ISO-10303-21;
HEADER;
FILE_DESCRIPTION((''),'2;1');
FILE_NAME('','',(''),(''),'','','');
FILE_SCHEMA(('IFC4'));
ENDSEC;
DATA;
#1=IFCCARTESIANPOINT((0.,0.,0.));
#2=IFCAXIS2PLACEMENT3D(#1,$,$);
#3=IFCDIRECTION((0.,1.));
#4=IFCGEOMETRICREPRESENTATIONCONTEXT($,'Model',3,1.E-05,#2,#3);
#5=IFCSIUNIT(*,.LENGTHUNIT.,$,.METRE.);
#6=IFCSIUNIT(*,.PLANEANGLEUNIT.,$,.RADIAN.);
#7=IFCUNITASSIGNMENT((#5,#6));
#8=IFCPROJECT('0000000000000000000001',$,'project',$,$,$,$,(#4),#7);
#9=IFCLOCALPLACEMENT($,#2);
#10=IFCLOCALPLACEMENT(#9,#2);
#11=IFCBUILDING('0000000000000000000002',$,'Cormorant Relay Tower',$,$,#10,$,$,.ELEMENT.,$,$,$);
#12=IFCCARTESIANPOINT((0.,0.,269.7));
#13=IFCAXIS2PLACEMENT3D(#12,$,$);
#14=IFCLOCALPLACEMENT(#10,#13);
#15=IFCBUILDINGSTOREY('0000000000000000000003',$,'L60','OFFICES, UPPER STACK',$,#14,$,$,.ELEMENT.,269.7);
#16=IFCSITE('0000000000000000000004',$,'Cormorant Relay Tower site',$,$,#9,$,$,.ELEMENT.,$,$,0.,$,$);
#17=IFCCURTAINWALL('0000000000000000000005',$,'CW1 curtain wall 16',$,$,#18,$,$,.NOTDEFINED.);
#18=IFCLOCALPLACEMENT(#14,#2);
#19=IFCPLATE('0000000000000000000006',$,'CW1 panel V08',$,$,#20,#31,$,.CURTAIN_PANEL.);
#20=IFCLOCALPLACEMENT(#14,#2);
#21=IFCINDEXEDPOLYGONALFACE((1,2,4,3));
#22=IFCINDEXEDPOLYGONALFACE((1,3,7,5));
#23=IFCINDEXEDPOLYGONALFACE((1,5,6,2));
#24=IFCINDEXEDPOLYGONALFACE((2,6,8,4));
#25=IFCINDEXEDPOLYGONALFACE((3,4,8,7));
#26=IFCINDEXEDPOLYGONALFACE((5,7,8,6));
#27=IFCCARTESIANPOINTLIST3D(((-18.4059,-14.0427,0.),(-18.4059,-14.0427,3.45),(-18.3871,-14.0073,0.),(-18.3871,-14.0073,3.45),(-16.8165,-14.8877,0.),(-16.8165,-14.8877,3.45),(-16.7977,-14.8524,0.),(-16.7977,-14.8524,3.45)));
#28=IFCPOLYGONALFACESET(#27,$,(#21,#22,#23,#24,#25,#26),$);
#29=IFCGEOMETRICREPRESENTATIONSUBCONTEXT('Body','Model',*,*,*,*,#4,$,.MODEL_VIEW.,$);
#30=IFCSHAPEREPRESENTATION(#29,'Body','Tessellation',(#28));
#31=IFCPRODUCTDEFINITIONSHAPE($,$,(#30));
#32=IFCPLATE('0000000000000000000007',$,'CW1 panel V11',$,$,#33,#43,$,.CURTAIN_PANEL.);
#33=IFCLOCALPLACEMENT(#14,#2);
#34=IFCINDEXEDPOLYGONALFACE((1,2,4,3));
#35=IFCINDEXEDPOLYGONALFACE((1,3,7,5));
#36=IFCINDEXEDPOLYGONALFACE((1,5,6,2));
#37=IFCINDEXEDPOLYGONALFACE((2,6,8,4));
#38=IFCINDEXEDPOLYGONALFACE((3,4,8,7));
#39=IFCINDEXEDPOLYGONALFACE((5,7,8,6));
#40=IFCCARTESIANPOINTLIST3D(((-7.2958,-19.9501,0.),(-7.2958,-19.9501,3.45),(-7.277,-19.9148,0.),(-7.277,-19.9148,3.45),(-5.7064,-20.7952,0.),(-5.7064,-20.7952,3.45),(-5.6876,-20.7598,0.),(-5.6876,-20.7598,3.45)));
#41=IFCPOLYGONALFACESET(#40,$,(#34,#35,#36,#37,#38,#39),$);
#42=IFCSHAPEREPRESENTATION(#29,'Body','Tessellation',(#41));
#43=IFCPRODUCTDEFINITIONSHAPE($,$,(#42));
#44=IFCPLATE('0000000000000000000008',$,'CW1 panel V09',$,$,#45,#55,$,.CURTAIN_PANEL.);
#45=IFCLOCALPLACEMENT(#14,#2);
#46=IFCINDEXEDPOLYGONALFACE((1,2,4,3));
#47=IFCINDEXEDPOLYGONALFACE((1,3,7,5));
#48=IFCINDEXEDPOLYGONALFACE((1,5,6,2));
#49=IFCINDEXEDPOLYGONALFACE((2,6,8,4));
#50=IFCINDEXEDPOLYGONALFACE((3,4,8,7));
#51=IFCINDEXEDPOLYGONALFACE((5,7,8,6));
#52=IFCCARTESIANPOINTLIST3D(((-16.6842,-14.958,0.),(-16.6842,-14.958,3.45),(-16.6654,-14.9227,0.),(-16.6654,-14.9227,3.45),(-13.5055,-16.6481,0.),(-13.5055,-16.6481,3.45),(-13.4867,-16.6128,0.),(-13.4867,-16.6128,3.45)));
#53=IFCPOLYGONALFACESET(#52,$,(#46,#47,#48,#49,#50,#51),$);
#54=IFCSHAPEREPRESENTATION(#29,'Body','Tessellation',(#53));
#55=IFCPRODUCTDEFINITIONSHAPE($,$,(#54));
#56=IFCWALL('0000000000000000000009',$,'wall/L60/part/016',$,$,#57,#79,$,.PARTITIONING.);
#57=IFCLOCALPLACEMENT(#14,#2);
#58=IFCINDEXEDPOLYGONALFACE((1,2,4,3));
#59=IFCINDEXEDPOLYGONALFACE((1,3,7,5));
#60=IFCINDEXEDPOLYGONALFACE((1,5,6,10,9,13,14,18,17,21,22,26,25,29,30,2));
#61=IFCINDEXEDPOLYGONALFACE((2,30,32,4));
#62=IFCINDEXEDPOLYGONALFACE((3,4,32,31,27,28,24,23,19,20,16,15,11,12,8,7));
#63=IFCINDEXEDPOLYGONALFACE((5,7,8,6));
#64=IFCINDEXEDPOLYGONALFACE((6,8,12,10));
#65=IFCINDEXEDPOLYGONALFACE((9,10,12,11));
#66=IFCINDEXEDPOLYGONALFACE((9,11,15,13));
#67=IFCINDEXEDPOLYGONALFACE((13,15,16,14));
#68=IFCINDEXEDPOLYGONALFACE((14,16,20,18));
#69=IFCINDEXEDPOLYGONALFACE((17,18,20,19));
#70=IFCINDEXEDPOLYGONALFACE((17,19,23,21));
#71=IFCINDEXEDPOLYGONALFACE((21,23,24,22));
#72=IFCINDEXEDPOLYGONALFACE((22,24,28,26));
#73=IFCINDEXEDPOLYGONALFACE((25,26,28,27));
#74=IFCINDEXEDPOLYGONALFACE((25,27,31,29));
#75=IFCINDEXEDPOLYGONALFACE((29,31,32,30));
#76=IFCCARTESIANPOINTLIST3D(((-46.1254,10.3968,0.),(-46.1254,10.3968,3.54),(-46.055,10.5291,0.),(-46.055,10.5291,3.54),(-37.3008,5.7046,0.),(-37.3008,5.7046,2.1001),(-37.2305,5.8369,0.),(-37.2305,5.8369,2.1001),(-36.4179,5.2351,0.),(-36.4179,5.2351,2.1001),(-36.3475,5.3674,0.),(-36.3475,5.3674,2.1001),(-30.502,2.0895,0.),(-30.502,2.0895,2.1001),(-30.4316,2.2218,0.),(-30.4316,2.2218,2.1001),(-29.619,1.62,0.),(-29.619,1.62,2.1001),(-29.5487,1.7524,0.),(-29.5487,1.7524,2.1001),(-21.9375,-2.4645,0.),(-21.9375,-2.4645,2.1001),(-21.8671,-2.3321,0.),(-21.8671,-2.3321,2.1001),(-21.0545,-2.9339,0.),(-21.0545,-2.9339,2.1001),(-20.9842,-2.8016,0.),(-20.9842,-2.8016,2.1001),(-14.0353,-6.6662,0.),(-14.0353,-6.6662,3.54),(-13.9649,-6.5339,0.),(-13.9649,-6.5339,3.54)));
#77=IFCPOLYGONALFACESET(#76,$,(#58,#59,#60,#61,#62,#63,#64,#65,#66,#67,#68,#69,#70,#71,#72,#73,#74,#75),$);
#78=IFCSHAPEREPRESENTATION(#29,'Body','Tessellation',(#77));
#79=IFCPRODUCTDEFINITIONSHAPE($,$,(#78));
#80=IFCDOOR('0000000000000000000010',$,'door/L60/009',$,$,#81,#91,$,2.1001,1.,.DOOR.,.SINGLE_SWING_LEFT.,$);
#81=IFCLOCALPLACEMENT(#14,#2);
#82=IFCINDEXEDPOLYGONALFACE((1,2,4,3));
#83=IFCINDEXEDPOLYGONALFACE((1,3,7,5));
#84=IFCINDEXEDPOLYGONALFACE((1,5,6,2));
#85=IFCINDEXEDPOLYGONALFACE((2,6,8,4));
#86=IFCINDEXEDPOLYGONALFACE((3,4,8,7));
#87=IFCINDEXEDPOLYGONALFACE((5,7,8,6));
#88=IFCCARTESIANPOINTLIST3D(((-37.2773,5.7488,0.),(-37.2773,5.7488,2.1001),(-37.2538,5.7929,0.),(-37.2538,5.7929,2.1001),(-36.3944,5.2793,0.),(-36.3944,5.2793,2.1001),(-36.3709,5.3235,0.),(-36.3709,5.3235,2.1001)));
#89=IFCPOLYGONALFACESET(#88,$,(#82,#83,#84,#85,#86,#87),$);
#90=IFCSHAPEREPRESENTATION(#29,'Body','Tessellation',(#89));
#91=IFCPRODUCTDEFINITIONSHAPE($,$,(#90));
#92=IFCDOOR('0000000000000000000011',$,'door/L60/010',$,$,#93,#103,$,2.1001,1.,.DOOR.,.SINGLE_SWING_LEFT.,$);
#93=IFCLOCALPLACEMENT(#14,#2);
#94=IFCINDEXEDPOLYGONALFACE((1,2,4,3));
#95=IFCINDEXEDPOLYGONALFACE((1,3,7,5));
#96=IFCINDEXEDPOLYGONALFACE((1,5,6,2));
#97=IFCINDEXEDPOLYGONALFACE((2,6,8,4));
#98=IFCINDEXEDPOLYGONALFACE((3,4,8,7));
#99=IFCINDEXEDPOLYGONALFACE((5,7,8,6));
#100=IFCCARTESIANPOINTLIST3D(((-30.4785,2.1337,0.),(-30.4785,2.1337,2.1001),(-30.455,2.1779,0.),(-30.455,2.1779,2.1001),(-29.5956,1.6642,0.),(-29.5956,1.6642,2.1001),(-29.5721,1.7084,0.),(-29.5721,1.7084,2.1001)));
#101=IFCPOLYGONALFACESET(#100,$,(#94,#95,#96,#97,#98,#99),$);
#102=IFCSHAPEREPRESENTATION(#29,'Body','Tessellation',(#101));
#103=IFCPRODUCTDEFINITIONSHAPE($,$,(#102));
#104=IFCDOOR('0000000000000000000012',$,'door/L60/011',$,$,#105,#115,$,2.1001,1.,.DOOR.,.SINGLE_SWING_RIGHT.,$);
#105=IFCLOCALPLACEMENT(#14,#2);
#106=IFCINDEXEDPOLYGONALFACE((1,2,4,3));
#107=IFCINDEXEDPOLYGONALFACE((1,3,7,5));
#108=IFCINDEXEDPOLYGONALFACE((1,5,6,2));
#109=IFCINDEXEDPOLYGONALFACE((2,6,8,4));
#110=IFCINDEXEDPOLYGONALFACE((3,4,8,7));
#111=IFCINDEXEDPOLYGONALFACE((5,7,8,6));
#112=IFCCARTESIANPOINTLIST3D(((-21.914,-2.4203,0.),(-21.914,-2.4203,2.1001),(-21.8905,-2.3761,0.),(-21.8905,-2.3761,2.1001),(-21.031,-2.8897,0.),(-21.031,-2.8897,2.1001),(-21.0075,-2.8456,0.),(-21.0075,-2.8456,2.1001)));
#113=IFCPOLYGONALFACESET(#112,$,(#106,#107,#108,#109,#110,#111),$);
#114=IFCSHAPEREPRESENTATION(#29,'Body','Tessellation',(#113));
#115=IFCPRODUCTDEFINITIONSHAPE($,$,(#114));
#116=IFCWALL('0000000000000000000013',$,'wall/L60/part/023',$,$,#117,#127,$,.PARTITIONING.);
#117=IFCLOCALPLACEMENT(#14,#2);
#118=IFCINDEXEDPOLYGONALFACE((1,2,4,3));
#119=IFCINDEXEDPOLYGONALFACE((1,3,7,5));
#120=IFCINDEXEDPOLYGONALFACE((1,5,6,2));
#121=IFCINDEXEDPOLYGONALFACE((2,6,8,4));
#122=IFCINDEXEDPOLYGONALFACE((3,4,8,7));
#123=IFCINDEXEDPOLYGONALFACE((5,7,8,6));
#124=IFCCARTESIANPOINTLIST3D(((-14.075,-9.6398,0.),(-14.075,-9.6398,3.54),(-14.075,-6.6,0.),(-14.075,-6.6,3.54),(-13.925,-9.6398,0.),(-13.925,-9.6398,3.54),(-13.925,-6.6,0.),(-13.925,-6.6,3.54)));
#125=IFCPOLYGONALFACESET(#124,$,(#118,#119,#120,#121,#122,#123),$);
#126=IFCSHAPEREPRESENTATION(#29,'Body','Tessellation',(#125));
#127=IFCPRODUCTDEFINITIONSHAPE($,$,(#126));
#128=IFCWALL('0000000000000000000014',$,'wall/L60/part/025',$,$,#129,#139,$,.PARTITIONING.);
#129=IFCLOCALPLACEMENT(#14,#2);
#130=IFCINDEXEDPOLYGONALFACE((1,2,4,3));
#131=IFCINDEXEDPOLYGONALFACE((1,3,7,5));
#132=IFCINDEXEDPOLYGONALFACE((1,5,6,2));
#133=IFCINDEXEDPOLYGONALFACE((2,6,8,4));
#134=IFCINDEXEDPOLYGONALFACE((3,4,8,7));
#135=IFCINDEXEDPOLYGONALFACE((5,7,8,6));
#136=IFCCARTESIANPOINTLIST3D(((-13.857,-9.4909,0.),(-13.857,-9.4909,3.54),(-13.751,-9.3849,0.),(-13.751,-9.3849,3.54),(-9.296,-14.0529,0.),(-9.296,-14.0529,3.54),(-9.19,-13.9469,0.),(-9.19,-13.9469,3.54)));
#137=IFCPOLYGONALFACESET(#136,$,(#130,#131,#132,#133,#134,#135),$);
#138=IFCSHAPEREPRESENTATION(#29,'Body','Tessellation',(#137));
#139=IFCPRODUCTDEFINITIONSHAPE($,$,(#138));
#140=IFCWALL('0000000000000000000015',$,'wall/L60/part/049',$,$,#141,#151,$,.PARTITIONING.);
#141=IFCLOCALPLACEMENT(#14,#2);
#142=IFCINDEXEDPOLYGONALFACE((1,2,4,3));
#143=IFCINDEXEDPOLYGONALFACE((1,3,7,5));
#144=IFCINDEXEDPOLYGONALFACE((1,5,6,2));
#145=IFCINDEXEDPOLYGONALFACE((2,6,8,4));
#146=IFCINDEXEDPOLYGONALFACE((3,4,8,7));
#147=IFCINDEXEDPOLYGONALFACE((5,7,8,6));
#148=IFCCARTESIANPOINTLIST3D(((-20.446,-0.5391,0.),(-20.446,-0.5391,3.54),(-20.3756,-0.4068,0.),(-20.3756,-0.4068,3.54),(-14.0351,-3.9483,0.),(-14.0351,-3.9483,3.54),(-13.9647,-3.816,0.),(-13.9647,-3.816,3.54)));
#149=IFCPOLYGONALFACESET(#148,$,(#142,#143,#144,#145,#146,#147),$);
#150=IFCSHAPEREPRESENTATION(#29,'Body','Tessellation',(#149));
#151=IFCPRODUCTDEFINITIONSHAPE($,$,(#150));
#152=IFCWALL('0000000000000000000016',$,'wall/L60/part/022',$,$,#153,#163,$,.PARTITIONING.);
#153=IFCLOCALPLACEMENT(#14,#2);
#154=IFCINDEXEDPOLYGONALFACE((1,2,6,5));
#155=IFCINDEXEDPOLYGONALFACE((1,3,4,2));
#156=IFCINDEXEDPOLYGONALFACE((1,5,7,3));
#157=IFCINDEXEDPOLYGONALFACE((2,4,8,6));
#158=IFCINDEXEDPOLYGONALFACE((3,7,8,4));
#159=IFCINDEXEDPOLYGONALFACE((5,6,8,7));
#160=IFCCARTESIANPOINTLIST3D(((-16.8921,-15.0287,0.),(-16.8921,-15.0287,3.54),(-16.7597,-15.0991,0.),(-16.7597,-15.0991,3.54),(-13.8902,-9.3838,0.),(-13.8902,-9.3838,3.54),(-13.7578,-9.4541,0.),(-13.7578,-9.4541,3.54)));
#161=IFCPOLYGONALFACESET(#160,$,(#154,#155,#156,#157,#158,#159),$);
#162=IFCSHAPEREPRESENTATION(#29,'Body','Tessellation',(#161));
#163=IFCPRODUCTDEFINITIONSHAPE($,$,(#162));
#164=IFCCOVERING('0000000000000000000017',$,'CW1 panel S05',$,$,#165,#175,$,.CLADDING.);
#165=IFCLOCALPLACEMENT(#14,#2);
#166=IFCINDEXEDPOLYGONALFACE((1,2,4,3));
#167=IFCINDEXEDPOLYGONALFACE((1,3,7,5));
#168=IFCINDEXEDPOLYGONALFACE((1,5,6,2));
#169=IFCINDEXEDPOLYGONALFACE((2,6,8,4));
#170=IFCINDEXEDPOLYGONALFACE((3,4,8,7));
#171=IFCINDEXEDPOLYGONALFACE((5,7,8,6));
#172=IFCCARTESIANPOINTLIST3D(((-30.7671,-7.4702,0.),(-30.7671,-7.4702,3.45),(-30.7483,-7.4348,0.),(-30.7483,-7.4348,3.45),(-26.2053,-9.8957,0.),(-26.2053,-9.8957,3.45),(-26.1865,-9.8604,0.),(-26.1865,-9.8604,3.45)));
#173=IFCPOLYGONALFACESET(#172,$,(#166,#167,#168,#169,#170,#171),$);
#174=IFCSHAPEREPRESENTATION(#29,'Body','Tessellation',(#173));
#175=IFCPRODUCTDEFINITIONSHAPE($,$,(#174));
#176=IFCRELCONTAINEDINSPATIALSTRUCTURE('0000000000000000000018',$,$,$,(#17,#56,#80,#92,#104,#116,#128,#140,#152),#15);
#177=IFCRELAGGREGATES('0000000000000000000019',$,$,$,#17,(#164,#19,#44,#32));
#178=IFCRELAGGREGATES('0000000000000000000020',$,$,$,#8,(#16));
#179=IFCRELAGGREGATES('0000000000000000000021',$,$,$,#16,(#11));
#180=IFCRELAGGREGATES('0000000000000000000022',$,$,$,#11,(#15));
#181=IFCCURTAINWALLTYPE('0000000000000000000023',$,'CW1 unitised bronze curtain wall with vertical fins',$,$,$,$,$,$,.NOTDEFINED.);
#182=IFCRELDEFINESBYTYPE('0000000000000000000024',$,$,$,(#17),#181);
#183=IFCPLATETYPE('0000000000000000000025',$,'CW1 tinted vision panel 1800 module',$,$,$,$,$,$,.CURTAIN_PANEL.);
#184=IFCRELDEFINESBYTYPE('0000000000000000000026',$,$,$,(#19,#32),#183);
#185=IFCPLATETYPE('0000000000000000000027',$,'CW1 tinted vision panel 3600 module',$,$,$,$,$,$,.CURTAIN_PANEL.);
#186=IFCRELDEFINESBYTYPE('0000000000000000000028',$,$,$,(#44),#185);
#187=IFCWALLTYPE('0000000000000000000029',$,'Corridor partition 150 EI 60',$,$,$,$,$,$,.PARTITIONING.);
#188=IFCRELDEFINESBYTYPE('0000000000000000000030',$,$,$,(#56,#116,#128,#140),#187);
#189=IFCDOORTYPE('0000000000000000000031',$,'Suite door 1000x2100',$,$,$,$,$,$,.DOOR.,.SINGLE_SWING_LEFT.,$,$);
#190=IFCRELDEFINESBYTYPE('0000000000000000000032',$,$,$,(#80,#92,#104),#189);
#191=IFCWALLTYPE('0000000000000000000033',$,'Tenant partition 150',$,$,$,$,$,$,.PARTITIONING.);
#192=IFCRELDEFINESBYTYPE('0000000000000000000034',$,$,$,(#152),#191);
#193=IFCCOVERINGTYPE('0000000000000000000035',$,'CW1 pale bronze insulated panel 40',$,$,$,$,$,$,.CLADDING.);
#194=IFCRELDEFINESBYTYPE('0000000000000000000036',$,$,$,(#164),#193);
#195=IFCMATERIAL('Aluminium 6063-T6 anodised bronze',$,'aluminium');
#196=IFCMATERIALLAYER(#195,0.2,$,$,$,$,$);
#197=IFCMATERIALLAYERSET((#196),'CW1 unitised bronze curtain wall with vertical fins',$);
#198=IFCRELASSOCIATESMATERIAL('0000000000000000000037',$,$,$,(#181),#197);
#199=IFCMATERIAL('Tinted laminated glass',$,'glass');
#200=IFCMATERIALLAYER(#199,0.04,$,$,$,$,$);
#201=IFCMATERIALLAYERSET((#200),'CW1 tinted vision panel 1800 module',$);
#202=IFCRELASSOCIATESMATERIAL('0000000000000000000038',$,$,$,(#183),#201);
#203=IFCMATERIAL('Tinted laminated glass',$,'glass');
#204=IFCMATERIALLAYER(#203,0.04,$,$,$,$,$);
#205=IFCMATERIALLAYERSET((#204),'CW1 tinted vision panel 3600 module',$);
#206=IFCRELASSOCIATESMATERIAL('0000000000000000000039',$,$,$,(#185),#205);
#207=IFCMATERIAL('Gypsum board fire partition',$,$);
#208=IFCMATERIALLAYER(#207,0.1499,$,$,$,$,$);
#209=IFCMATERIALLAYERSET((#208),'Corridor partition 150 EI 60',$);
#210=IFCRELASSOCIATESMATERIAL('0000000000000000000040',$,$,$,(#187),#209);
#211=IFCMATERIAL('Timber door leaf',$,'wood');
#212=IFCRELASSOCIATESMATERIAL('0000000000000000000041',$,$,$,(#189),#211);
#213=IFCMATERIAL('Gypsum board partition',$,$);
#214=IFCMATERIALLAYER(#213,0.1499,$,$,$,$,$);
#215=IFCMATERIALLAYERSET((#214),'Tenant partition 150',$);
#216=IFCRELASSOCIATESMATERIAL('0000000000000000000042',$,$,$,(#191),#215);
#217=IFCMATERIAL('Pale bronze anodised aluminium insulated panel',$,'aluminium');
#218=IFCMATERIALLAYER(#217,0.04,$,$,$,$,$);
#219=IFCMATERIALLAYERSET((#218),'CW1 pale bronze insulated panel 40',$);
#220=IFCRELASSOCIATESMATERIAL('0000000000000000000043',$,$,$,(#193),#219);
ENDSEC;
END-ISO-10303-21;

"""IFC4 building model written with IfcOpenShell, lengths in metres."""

from ifc_helpers import new_model, si_unit, direction, frame, frame_2d, origin, origin_2d, place, context, subcontext, project, spatial, rectangle, extrude, material, layer, layer_set, type_object, element, fill, aggregate, save


model = new_model("IFC4")

# Units and contexts
model_context = context("Model", 3, precision=1e-05, world=origin(), true_north=direction((0.0, 1.0)))
body_context = subcontext(model_context, "Body", "Model", "MODEL_VIEW")
ifc_project = project(units=[si_unit("LENGTHUNIT", "METRE"), si_unit("PLANEANGLEUNIT", "RADIAN")], contexts=[model_context])

# Site, building, storey
site_placement = place(None, origin())
site = spatial("IfcSite", under=ifc_project, at=site_placement, Name="Cormorant Relay Tower site", CompositionType="ELEMENT", RefElevation=0.0)
building_placement = place(site_placement, origin())
building = spatial("IfcBuilding", under=site, at=building_placement, Name="Cormorant Relay Tower", CompositionType="ELEMENT")
storey_placement = place(building_placement, frame((0.0, 0.0, 269.7)))
storey = spatial("IfcBuildingStorey", under=building, at=storey_placement, Name="L60", Description="OFFICES, UPPER STACK", CompositionType="ELEMENT", Elevation=269.7)

# Curtain wall
ifc_material_1 = material(Name="Aluminium 6063-T6 anodised bronze", Category="aluminium")
ifc_layer_1 = layer(ifc_material_1, 0.2)
ifc_layer_set_1 = layer_set([ifc_layer_1], Name="CW1 unitised bronze curtain wall with vertical fins")
curtain_wall_type = type_object("IfcCurtainWallType", Name="CW1 unitised bronze curtain wall with vertical fins", PredefinedType="NOTDEFINED", material=ifc_layer_set_1)
curtain_wall_placement = place(storey_placement, origin())
curtain_wall = element("IfcCurtainWall", 1, at=curtain_wall_placement, inside=storey, type_object=curtain_wall_type, Name="CW1 curtain wall 16", PredefinedType="NOTDEFINED")

# Plates
ifc_material_2 = material(Name="Tinted laminated glass", Category="glass")
ifc_layer_2 = layer(ifc_material_2, 0.04)
ifc_layer_set_2 = layer_set([ifc_layer_2], Name="CW1 tinted vision panel 1800 module")
plate_type_1 = type_object("IfcPlateType", Name="CW1 tinted vision panel 1800 module", PredefinedType="CURTAIN_PANEL", material=ifc_layer_set_2)
plate_1_placement = place(storey_placement, frame((-17.6018, -14.4475, 0.0), z_axis=(0.0, 0.0, 1.0), x_axis=(0.882948, -0.469472, 0.0)))
plate_1 = element("IfcPlate", 2, at=plate_1_placement, type_object=plate_type_1, Name="CW1 panel V08", PredefinedType="CURTAIN_PANEL", context=body_context, shape_type="SweptSolid", body=[
    extrude(rectangle(XDim=1.8, YDim=0.04, at=origin_2d()), origin(), (0.0, 0.0, 1.0), 3.45),
])
plate_2_placement = place(storey_placement, frame((-6.4917, -20.355, 0.0), z_axis=(0.0, 0.0, 1.0), x_axis=(0.882948, -0.469472, 0.0)))
plate_2 = element("IfcPlate", 3, at=plate_2_placement, type_object=plate_type_1, Name="CW1 panel V11", PredefinedType="CURTAIN_PANEL", context=body_context, shape_type="SweptSolid", body=[
    extrude(rectangle(XDim=1.8, YDim=0.04, at=origin_2d()), origin(), (0.0, 0.0, 1.0), 3.45),
])
ifc_material_3 = material(Name="Tinted laminated glass", Category="glass")
ifc_layer_3 = layer(ifc_material_3, 0.04)
ifc_layer_set_3 = layer_set([ifc_layer_3], Name="CW1 tinted vision panel 3600 module")
plate_type_2 = type_object("IfcPlateType", Name="CW1 tinted vision panel 3600 module", PredefinedType="CURTAIN_PANEL", material=ifc_layer_set_3)
plate_3_placement = place(storey_placement, frame((-15.0854, -15.7854, 0.0), z_axis=(0.0, 0.0, 1.0), x_axis=(0.882948, -0.469472, 0.0)))
plate_3 = element("IfcPlate", 4, at=plate_3_placement, type_object=plate_type_2, Name="CW1 panel V09", PredefinedType="CURTAIN_PANEL", context=body_context, shape_type="SweptSolid", body=[
    extrude(rectangle(XDim=3.6001, YDim=0.04, at=origin_2d()), origin(), (0.0, 0.0, 1.0), 3.45),
])

# Wall, openings, doors
ifc_material_4 = material(Name="Gypsum board fire partition")
ifc_layer_4 = layer(ifc_material_4, 0.1499)
ifc_layer_set_4 = layer_set([ifc_layer_4], Name="Corridor partition 150 EI 60")
wall_type_1 = type_object("IfcWallType", Name="Corridor partition 150 EI 60", PredefinedType="PARTITIONING", material=ifc_layer_set_4)
wall_1_placement = place(storey_placement, frame((-14.0, -6.6001, 0.0), z_axis=(0.0, 0.0, 1.0), x_axis=(-0.882943, 0.46948, 0.0)))
wall_1 = element("IfcWall", 5, at=wall_1_placement, inside=storey, type_object=wall_type_1, Name="wall/L60/part/016", PredefinedType="PARTITIONING", context=body_context, shape_type="SweptSolid", body=[
    extrude(rectangle(XDim=36.3445, YDim=0.1499, at=frame_2d((18.1724, 0.0))), origin(), (0.0, 0.0, 1.0), 3.54),
])
opening_1_placement = place(wall_1_placement, frame((25.3501, 0.0, 0.0)))
opening_1 = element("IfcOpeningElement", 6, at=opening_1_placement, cuts=wall_1, PredefinedType="OPENING", context=body_context, shape_type="SweptSolid", body=[
    extrude(rectangle(XDim=1.0, YDim=2.1001, at=frame_2d((0.5, 1.05))), frame((0.0, 0.085, 0.0), z_axis=(0.0, -1.0, 0.0), x_axis=(1.0, 0.0, 0.0)), (0.0, 0.0, 1.0), 0.1699),
])
opening_2_placement = place(wall_1_placement, frame((17.6499, 0.0, 0.0)))
opening_2 = element("IfcOpeningElement", 7, at=opening_2_placement, cuts=wall_1, PredefinedType="OPENING", context=body_context, shape_type="SweptSolid", body=[
    extrude(rectangle(XDim=1.0, YDim=2.1001, at=frame_2d((0.5, 1.05))), frame((0.0, 0.085, 0.0), z_axis=(0.0, -1.0, 0.0), x_axis=(1.0, 0.0, 0.0)), (0.0, 0.0, 1.0), 0.1699),
])
opening_3_placement = place(wall_1_placement, frame((7.95, 0.0, 0.0)))
opening_3 = element("IfcOpeningElement", 8, at=opening_3_placement, cuts=wall_1, PredefinedType="OPENING", context=body_context, shape_type="SweptSolid", body=[
    extrude(rectangle(XDim=1.0, YDim=2.1001, at=frame_2d((0.5, 1.05))), frame((0.0, 0.085, 0.0), z_axis=(0.0, -1.0, 0.0), x_axis=(1.0, 0.0, 0.0)), (0.0, 0.0, 1.0), 0.1699),
])
ifc_material_5 = material(Name="Timber door leaf", Category="wood")
door_type = type_object("IfcDoorType", Name="Suite door 1000x2100", OperationType="SINGLE_SWING_LEFT", PredefinedType="DOOR", material=ifc_material_5)
door_1_placement = place(opening_1_placement, origin())
door_1 = element("IfcDoor", 9, at=door_1_placement, inside=storey, type_object=door_type, Name="door/L60/009", OperationType="SINGLE_SWING_LEFT", OverallHeight=2.1001, OverallWidth=1.0, PredefinedType="DOOR", context=body_context, shape_type="SweptSolid", body=[
    extrude(rectangle(XDim=1.0, YDim=2.1001, at=frame_2d((0.5, 1.05))), frame((0.0, 0.0249, 0.0), z_axis=(0.0, -1.0, 0.0), x_axis=(1.0, 0.0, 0.0)), (0.0, 0.0, 1.0), 0.05),
])
fill(opening_1, door_1)
door_2_placement = place(opening_2_placement, origin())
door_2 = element("IfcDoor", 10, at=door_2_placement, inside=storey, type_object=door_type, Name="door/L60/010", OperationType="SINGLE_SWING_LEFT", OverallHeight=2.1001, OverallWidth=1.0, PredefinedType="DOOR", context=body_context, shape_type="SweptSolid", body=[
    extrude(rectangle(XDim=1.0, YDim=2.1001, at=frame_2d((0.5, 1.05))), frame((0.0, 0.0249, 0.0), z_axis=(0.0, -1.0, 0.0), x_axis=(1.0, 0.0, 0.0)), (0.0, 0.0, 1.0), 0.05),
])
fill(opening_2, door_2)
door_3_placement = place(opening_3_placement, origin())
door_3 = element("IfcDoor", 11, at=door_3_placement, inside=storey, type_object=door_type, Name="door/L60/011", OperationType="SINGLE_SWING_RIGHT", OverallHeight=2.1001, OverallWidth=1.0, PredefinedType="DOOR", context=body_context, shape_type="SweptSolid", body=[
    extrude(rectangle(XDim=1.0, YDim=2.1001, at=frame_2d((0.5, 1.05))), frame((0.0, 0.0249, 0.0), z_axis=(0.0, -1.0, 0.0), x_axis=(1.0, 0.0, 0.0)), (0.0, 0.0, 1.0), 0.05),
])
fill(opening_3, door_3)

# Walls
wall_2_placement = place(storey_placement, frame((-14.0, -9.6399, 0.0), z_axis=(0.0, 0.0, 1.0), x_axis=(0.0, 1.0, 0.0)))
element("IfcWall", 12, at=wall_2_placement, inside=storey, type_object=wall_type_1, Name="wall/L60/part/023", PredefinedType="PARTITIONING", context=body_context, shape_type="SweptSolid", body=[
    extrude(rectangle(XDim=3.0398, YDim=0.1499, at=frame_2d((1.52, 0.0))), origin(), (0.0, 0.0, 1.0), 3.54),
])
wall_3_placement = place(storey_placement, frame((-9.2429, -14.0, 0.0), z_axis=(0.0, 0.0, 1.0), x_axis=(-0.707031, 0.707182, 0.0)))
element("IfcWall", 13, at=wall_3_placement, inside=storey, type_object=wall_type_1, Name="wall/L60/part/025", PredefinedType="PARTITIONING", context=body_context, shape_type="SweptSolid", body=[
    extrude(rectangle(XDim=6.4509, YDim=0.1499, at=frame_2d((3.2256, 0.0))), origin(), (0.0, 0.0, 1.0), 3.54),
])
wall_4_placement = place(storey_placement, frame((-14.0, -3.8821, 0.0), z_axis=(0.0, 0.0, 1.0), x_axis=(-0.882922, 0.46952, 0.0)))
element("IfcWall", 14, at=wall_4_placement, inside=storey, type_object=wall_type_1, Name="wall/L60/part/049", PredefinedType="PARTITIONING", context=body_context, shape_type="SweptSolid", body=[
    extrude(rectangle(XDim=7.261, YDim=0.1499, at=frame_2d((3.6304, 0.0))), origin(), (0.0, 0.0, 1.0), 3.54),
])
ifc_material_6 = material(Name="Gypsum board partition")
ifc_layer_5 = layer(ifc_material_6, 0.1499)
ifc_layer_set_5 = layer_set([ifc_layer_5], Name="Tenant partition 150")
wall_type_2 = type_object("IfcWallType", Name="Tenant partition 150", PredefinedType="PARTITIONING", material=ifc_layer_set_5)
wall_5_placement = place(storey_placement, frame((-13.824, -9.4189, 0.0), z_axis=(0.0, 0.0, 1.0), x_axis=(-0.469526, -0.882919, 0.0)))
element("IfcWall", 15, at=wall_5_placement, inside=storey, type_object=wall_type_2, Name="wall/L60/part/022", PredefinedType="PARTITIONING", context=body_context, shape_type="SweptSolid", body=[
    extrude(rectangle(XDim=6.3936, YDim=0.1499, at=frame_2d((3.1968, 0.0))), origin(), (0.0, 0.0, 1.0), 3.54),
])

# Covering
ifc_material_7 = material(Name="Pale bronze anodised aluminium insulated panel", Category="aluminium")
ifc_layer_6 = layer(ifc_material_7, 0.04)
ifc_layer_set_6 = layer_set([ifc_layer_6], Name="CW1 pale bronze insulated panel 40")
covering_type = type_object("IfcCoveringType", Name="CW1 pale bronze insulated panel 40", PredefinedType="CLADDING", material=ifc_layer_set_6)
covering_1_placement = place(storey_placement, frame((-28.4768, -8.6653, 0.0), z_axis=(0.0, 0.0, 1.0), x_axis=(0.882948, -0.469472, 0.0)))
covering_1 = element("IfcCovering", 16, at=covering_1_placement, type_object=covering_type, Name="CW1 panel S05", PredefinedType="CLADDING", context=body_context, shape_type="SweptSolid", body=[
    extrude(rectangle(XDim=5.1665, YDim=0.04, at=origin_2d()), origin(), (0.0, 0.0, 1.0), 3.45),
])
aggregate(curtain_wall, [covering_1, plate_1, plate_3, plate_2])

save(model, "model.ifc")
